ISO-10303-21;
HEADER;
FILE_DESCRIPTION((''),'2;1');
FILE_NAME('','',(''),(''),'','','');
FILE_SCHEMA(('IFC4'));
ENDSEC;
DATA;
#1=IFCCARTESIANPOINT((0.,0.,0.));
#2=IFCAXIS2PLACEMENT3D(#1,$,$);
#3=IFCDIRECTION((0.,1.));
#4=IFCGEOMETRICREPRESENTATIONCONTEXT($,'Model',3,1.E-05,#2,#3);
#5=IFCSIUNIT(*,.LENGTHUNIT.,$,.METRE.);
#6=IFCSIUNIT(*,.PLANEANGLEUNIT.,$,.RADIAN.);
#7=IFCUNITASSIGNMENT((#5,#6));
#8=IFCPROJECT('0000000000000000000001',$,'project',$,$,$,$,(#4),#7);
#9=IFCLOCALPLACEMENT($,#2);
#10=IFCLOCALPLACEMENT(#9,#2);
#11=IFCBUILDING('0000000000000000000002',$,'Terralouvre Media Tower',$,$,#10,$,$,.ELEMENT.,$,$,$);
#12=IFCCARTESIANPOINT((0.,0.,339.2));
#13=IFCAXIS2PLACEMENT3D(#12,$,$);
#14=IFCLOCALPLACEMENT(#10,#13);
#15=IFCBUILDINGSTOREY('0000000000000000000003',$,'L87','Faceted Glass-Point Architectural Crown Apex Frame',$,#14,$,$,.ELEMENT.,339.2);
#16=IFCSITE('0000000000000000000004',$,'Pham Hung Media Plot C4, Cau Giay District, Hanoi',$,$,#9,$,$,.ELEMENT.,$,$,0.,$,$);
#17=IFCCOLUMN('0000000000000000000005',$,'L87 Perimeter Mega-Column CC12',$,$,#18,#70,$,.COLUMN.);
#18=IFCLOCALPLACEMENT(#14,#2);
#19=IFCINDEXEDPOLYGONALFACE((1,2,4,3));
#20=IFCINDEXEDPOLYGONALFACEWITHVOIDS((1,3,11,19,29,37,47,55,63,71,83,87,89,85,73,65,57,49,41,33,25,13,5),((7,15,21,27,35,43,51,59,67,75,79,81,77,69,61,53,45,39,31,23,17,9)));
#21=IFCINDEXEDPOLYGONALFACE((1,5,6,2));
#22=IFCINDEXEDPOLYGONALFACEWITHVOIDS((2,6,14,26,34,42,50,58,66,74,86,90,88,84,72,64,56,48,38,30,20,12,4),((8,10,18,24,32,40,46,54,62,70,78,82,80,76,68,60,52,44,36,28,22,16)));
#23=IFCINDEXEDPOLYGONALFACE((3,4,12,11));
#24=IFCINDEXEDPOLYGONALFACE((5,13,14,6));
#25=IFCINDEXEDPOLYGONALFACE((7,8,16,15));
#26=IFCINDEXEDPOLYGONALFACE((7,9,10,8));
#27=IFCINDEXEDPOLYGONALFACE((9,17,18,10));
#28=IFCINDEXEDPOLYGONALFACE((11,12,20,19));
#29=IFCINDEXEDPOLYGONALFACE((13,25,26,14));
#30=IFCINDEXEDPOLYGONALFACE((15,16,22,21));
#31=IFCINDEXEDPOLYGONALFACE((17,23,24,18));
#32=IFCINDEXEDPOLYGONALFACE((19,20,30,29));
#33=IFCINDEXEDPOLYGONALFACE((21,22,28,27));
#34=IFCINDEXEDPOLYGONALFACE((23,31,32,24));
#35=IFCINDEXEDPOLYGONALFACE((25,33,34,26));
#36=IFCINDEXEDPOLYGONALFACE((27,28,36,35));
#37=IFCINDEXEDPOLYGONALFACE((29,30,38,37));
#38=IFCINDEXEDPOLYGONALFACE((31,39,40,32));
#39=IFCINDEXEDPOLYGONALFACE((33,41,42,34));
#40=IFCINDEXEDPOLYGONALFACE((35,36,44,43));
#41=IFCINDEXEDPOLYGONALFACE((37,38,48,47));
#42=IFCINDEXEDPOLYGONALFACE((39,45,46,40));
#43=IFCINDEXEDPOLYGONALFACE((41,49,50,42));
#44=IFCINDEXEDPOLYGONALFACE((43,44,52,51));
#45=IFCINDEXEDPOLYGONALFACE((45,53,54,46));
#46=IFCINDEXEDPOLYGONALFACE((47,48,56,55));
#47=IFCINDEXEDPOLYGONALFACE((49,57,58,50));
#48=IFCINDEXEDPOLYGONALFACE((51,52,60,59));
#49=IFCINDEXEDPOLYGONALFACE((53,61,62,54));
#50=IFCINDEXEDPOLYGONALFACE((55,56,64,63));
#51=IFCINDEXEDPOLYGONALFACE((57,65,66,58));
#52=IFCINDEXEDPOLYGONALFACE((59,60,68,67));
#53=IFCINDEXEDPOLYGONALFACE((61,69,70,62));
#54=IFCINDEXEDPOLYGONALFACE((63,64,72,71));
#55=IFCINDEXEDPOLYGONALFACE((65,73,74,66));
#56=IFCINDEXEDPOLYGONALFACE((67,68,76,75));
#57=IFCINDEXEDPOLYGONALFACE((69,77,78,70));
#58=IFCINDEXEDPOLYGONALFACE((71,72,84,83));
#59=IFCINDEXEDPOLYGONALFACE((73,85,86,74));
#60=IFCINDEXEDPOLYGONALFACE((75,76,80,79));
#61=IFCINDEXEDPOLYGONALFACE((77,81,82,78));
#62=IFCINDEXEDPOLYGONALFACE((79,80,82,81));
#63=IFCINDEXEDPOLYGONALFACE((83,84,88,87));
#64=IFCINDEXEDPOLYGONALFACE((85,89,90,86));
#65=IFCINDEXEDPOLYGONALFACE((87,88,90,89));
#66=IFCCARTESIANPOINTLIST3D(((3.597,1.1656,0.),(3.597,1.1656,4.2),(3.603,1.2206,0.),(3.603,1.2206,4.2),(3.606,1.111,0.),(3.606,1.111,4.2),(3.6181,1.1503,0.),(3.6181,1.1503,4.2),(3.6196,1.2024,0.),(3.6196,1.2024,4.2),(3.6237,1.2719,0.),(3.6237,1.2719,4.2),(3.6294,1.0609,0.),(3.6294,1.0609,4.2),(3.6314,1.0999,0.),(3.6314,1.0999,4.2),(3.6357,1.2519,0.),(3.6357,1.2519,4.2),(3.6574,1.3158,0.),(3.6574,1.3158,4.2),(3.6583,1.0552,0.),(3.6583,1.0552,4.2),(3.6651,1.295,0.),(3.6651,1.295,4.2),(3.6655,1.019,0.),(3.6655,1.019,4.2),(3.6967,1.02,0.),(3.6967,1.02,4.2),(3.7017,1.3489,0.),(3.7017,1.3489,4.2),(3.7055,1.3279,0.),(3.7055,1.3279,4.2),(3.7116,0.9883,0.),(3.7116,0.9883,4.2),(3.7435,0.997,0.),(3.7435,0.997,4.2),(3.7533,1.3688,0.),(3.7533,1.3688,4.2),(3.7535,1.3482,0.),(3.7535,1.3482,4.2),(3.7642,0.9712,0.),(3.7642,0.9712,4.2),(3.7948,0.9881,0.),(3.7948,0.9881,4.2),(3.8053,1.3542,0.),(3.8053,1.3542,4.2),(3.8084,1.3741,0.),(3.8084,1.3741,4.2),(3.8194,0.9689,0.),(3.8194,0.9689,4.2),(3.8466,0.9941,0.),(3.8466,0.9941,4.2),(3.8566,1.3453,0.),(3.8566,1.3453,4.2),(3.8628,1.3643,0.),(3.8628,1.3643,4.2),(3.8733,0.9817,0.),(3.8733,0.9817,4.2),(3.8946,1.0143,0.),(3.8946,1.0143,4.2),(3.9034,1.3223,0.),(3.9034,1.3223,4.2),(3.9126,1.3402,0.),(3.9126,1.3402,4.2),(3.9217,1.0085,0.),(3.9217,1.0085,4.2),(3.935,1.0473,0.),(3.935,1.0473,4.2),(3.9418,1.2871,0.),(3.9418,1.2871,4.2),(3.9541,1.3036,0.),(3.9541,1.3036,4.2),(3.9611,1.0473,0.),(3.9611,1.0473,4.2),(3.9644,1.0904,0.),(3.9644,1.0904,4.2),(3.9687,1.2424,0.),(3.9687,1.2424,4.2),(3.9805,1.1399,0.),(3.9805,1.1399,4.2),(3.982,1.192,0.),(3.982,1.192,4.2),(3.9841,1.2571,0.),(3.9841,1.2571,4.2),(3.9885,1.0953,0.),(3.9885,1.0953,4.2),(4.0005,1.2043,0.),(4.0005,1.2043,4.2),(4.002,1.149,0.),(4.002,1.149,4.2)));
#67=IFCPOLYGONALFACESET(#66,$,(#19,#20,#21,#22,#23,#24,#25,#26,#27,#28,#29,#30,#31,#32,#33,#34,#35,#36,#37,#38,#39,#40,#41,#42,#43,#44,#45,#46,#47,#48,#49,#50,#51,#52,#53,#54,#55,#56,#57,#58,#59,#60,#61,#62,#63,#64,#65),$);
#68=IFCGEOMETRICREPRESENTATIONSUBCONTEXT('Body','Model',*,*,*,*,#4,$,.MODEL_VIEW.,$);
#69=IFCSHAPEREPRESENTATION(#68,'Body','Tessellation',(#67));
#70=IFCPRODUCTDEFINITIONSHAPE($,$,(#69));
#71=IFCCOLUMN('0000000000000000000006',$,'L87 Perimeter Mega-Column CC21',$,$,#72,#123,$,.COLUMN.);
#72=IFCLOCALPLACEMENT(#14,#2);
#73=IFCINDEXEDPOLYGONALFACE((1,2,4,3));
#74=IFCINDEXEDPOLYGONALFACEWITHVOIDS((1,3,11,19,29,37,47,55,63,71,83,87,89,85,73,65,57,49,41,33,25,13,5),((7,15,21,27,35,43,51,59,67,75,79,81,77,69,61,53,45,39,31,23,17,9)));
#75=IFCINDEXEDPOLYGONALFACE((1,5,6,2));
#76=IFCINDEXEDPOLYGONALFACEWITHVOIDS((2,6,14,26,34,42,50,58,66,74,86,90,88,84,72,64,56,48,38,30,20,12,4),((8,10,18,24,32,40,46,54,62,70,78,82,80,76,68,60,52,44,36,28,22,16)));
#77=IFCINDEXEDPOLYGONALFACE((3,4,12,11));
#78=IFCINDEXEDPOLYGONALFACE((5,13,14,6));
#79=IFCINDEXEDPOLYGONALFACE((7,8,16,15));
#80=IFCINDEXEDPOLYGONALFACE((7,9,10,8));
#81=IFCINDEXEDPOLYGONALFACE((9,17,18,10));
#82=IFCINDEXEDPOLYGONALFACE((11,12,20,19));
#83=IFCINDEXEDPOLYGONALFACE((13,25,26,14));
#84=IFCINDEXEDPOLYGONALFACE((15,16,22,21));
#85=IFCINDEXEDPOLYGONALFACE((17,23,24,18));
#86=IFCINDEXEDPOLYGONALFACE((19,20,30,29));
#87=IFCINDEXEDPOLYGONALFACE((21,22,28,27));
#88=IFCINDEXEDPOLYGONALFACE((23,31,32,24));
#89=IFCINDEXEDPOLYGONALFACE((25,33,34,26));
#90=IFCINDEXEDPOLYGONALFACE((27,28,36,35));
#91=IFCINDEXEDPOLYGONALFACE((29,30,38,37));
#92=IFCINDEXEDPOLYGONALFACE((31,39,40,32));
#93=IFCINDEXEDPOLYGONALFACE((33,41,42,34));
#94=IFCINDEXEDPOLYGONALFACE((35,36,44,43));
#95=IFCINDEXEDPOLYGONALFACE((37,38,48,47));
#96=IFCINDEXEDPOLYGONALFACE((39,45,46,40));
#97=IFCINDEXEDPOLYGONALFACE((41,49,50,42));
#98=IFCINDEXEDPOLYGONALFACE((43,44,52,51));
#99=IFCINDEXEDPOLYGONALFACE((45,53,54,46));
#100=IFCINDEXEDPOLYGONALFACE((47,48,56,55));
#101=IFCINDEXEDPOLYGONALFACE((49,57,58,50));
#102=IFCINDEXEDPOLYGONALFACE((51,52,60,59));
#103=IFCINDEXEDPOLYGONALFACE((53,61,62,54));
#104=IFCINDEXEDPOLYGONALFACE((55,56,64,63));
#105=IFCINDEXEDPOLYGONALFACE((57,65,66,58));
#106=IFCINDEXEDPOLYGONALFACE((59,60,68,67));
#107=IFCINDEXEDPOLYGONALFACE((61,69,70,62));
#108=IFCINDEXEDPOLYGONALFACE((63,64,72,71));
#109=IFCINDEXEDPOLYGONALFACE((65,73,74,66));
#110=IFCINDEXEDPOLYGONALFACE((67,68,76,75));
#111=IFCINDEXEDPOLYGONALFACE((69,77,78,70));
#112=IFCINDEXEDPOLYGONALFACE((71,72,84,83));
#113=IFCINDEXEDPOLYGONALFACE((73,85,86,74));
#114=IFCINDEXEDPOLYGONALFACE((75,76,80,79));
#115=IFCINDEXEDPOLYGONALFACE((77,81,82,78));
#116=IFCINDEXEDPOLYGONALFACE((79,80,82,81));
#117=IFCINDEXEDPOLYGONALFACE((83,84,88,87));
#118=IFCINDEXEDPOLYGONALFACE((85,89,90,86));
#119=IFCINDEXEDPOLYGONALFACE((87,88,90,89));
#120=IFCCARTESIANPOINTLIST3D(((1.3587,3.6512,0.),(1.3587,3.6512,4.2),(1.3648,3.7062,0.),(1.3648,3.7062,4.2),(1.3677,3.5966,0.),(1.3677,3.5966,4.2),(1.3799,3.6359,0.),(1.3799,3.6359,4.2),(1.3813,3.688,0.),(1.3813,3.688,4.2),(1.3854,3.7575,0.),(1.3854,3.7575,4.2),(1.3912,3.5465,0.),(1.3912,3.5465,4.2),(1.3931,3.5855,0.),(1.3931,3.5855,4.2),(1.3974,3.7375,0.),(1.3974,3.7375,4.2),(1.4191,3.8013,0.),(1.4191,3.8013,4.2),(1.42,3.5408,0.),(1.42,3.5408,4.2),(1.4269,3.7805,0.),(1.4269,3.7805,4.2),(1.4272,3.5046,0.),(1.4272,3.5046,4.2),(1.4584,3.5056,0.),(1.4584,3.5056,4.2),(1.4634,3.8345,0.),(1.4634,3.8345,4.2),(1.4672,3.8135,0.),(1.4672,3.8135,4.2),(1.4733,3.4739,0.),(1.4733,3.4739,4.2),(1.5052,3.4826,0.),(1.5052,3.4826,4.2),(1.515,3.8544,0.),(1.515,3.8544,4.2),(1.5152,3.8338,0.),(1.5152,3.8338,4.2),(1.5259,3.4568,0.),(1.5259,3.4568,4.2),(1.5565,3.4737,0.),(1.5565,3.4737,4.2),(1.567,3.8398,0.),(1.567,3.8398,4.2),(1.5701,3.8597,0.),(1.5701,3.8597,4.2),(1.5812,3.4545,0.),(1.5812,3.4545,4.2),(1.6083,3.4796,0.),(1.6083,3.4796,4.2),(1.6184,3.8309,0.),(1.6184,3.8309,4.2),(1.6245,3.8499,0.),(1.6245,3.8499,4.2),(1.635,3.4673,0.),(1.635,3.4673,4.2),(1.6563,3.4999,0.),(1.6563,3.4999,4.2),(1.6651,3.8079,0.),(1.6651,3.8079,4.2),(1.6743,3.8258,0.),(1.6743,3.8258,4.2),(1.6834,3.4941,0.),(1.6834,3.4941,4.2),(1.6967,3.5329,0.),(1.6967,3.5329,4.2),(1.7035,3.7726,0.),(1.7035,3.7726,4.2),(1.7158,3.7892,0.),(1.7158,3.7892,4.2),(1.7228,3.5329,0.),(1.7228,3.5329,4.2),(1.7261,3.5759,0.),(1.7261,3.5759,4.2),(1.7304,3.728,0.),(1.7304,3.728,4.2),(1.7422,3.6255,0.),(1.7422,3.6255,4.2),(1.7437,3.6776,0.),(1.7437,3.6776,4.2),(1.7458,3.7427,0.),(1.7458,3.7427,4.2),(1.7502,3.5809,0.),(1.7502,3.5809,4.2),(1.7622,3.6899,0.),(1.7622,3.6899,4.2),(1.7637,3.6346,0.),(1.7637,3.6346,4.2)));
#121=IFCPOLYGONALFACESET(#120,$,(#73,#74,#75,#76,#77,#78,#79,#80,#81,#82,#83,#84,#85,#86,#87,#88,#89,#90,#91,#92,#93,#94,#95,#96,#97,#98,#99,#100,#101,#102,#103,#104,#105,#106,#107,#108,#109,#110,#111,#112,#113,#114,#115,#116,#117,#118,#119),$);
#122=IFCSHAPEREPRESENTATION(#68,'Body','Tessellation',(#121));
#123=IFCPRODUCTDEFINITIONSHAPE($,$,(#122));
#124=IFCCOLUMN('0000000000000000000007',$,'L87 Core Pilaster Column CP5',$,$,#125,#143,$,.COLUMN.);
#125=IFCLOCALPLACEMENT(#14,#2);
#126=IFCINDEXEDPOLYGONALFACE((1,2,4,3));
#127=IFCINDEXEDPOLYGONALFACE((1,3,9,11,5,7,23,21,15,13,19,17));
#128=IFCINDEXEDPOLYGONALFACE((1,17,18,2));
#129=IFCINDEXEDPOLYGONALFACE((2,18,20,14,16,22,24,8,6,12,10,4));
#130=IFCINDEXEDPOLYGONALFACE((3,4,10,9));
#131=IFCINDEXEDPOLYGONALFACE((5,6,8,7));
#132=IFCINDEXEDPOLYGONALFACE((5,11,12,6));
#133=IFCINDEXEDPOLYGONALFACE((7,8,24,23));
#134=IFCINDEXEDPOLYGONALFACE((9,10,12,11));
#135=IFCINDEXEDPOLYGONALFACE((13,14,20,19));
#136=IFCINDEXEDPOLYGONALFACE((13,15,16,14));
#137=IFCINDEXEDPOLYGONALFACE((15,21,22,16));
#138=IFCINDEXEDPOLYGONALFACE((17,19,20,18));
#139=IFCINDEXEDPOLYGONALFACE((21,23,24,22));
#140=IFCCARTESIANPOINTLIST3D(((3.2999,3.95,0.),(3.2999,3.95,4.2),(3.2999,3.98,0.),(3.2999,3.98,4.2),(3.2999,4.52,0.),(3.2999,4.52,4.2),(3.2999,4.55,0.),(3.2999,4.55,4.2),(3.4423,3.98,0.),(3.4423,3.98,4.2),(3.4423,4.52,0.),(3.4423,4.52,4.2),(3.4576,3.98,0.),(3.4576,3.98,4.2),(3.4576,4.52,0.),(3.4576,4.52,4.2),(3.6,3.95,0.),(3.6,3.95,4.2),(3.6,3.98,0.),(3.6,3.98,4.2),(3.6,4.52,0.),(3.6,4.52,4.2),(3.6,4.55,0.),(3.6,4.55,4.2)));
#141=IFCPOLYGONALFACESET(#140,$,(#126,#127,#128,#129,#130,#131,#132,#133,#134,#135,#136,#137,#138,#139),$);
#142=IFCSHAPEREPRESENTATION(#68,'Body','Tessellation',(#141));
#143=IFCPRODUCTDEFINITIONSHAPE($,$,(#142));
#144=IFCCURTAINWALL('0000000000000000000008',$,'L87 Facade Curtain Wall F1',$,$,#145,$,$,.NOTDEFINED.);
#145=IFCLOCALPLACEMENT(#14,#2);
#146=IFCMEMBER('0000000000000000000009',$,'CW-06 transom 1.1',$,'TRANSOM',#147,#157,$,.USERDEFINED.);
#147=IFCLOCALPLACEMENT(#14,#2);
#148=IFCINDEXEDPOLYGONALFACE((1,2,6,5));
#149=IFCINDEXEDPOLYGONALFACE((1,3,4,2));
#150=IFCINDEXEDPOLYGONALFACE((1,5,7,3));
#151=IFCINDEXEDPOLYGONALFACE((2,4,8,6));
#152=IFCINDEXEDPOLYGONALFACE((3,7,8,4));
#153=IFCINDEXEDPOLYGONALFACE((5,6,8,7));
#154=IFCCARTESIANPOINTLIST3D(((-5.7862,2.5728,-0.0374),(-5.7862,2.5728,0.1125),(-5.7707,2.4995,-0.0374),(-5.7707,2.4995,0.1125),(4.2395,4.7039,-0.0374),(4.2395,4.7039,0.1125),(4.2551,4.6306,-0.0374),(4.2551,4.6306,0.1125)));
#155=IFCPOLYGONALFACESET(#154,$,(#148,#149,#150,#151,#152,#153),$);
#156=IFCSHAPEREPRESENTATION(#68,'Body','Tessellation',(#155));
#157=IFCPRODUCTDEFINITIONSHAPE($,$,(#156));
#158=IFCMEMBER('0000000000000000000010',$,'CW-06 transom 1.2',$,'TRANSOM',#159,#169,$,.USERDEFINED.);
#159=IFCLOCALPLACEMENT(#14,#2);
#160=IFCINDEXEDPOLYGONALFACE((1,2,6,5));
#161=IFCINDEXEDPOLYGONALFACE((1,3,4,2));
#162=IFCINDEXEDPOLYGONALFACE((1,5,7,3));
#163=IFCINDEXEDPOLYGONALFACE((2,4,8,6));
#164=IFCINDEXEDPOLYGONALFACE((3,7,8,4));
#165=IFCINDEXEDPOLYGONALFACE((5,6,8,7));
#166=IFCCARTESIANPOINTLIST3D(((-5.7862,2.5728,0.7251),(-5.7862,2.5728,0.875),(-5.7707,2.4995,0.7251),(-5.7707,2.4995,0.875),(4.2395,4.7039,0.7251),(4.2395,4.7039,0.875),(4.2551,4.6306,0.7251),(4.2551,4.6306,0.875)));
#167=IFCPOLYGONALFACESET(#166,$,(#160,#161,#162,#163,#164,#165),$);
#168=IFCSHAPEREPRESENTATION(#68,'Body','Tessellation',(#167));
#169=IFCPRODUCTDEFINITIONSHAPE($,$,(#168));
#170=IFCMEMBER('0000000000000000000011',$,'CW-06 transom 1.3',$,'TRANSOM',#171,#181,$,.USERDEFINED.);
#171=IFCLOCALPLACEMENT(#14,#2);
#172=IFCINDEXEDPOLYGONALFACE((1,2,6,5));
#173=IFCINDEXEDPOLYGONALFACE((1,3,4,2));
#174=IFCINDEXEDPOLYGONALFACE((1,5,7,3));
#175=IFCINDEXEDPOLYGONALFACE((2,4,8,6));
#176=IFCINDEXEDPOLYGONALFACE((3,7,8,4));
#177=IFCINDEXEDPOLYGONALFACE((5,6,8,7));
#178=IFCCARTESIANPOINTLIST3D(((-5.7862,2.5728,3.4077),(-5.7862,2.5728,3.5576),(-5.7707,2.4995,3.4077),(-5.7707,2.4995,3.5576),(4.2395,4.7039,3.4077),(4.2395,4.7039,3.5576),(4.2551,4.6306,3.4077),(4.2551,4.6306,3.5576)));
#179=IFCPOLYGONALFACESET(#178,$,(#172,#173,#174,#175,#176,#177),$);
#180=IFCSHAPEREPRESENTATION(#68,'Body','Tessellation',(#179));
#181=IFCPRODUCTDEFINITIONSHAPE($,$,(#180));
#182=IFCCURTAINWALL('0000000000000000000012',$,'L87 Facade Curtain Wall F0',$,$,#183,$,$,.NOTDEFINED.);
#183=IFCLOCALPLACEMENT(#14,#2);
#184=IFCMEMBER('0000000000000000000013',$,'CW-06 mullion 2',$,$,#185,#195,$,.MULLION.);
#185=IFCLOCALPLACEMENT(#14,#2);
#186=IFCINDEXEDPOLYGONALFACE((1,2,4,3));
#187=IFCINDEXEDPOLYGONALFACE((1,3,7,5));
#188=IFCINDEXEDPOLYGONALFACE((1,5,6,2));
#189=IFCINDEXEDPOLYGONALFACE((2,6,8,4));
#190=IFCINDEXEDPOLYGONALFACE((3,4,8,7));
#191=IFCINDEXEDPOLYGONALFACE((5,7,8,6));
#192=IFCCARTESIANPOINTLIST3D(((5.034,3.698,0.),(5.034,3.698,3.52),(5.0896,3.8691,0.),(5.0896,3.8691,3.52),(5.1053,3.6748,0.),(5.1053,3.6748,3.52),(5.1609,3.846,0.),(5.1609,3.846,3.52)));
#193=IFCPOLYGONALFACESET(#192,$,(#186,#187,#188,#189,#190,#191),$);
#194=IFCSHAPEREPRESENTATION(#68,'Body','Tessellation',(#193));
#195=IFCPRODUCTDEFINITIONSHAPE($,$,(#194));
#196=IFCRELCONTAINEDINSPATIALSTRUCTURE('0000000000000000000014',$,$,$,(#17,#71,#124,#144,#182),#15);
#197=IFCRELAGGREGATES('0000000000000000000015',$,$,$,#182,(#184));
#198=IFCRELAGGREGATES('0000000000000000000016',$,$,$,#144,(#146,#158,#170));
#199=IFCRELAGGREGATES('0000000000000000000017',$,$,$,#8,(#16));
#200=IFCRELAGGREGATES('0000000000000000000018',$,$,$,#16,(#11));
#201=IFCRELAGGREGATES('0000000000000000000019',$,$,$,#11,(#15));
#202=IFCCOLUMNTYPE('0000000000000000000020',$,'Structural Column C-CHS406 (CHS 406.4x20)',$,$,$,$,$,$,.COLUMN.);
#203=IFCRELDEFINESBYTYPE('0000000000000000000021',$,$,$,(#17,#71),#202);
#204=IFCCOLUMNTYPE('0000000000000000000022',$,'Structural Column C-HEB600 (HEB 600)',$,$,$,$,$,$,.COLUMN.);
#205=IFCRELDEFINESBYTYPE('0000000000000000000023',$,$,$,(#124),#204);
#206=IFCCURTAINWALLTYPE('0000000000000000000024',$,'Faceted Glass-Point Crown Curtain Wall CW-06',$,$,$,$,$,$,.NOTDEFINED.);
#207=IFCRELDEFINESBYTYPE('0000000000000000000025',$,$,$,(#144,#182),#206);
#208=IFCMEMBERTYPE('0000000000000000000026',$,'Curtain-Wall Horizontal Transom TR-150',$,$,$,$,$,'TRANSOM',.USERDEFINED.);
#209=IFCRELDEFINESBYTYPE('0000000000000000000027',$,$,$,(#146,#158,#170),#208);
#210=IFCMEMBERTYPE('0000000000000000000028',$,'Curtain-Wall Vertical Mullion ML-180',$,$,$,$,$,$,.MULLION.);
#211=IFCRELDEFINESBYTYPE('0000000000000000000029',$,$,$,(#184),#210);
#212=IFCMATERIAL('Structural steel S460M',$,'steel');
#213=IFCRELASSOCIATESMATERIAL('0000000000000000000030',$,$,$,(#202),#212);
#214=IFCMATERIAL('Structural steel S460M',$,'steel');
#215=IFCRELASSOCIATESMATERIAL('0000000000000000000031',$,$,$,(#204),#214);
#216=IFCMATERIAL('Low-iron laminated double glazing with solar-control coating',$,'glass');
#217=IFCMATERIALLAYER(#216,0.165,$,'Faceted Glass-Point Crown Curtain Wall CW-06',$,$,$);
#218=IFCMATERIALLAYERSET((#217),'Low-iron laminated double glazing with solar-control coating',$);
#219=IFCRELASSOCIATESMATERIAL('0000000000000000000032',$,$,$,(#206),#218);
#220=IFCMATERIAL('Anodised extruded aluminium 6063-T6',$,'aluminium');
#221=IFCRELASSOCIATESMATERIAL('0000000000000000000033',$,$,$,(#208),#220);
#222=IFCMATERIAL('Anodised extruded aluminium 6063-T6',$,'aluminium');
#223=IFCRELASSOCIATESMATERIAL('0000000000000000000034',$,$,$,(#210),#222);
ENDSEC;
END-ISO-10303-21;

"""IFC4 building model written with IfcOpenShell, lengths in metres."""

from ifc_helpers import new_model, si_unit, direction, frame, origin, origin_2d, place, context, subcontext, project, spatial, rectangle, hollow_circle, i_section, extrude, material, layer, layer_set, material_profile, profile_set, type_object, element, aggregate, save


model = new_model("IFC4")

# Units and contexts
model_context = context("Model", 3, precision=1e-05, world=origin(), true_north=direction((0.0, 1.0)))
body_context = subcontext(model_context, "Body", "Model", "MODEL_VIEW")
ifc_project = project(units=[si_unit("LENGTHUNIT", "METRE"), si_unit("PLANEANGLEUNIT", "RADIAN")], contexts=[model_context])

# Site, building, storey
site_placement = place(None, origin())
site = spatial("IfcSite", under=ifc_project, at=site_placement, Name="Pham Hung Media Plot C4, Cau Giay District, Hanoi", CompositionType="ELEMENT", RefElevation=0.0)
building_placement = place(site_placement, origin())
building = spatial("IfcBuilding", under=site, at=building_placement, Name="Terralouvre Media Tower", CompositionType="ELEMENT")
storey_placement = place(building_placement, frame((0.0, 0.0, 339.2)))
storey = spatial("IfcBuildingStorey", under=building, at=storey_placement, Name="L87", Description="Faceted Glass-Point Architectural Crown Apex Frame", CompositionType="ELEMENT", Elevation=339.2)

# Columns
ifc_material_1 = material(Name="Structural steel S460M", Category="steel")
ifc_material_profile_1 = material_profile(ifc_material_1, hollow_circle(Radius=0.2031, WallThickness=0.02, at=origin_2d()), Name="CHS 406.4x20")
ifc_profile_set_1 = profile_set([ifc_material_profile_1], Name="Structural steel S460M")
column_type_1 = type_object("IfcColumnType", Name="Structural Column C-CHS406 (CHS 406.4x20)", PredefinedType="COLUMN", material=ifc_profile_set_1)
for number, where, z_axis, x_axis, name in (
    (1, (3.8, 1.1711, 0.0), (0.0, 0.0, 1.0), (0.309017, 0.951057, 0.0), "L87 Perimeter Mega-Column CC12"),
    (2, (1.5618, 3.6567, 0.0), (0.0, 0.0, 1.0), (0.309017, 0.951057, 0.0), "L87 Perimeter Mega-Column CC21"),
):
    element("IfcColumn", number, at=place(storey_placement, frame(where, z_axis=z_axis, x_axis=x_axis)), inside=storey, type_object=column_type_1, Name=name, PredefinedType="COLUMN", context=body_context, shape_type="SweptSolid", body=[
        extrude(hollow_circle(Radius=0.2031, WallThickness=0.02, at=origin_2d()), origin(), (0.0, 0.0, 1.0), 4.2),
    ])
ifc_material_2 = material(Name="Structural steel S460M", Category="steel")
ifc_material_profile_2 = material_profile(ifc_material_2, i_section(OverallWidth=0.3, OverallDepth=0.6001, WebThickness=0.0154, FlangeThickness=0.03, at=origin_2d()), Name="HEB 600")
ifc_profile_set_2 = profile_set([ifc_material_profile_2], Name="Structural steel S460M")
column_type_2 = type_object("IfcColumnType", Name="Structural Column C-HEB600 (HEB 600)", PredefinedType="COLUMN", material=ifc_profile_set_2)
column_placement = place(storey_placement, frame((3.45, 4.25, 0.0), z_axis=(0.0, 0.0, 1.0), x_axis=(1.0, 0.0, 0.0)))
element("IfcColumn", 3, at=column_placement, inside=storey, type_object=column_type_2, Name="L87 Core Pilaster Column CP5", PredefinedType="COLUMN", context=body_context, shape_type="SweptSolid", body=[
    extrude(i_section(OverallWidth=0.3, OverallDepth=0.6001, WebThickness=0.0154, FlangeThickness=0.03, at=origin_2d()), origin(), (0.0, 0.0, 1.0), 4.2),
])

# Curtain wall, members
ifc_material_3 = material(Name="Low-iron laminated double glazing with solar-control coating", Category="glass")
ifc_layer_1 = layer(ifc_material_3, 0.165, Name="Faceted Glass-Point Crown Curtain Wall CW-06")
ifc_layer_set_1 = layer_set([ifc_layer_1], Name="Low-iron laminated double glazing with solar-control coating")
curtain_wall_type = type_object("IfcCurtainWallType", Name="Faceted Glass-Point Crown Curtain Wall CW-06", PredefinedType="NOTDEFINED", material=ifc_layer_set_1)
curtain_wall_1_placement = place(storey_placement, origin())
curtain_wall_1 = element("IfcCurtainWall", 4, at=curtain_wall_1_placement, inside=storey, type_object=curtain_wall_type, Name="L87 Facade Curtain Wall F1", PredefinedType="NOTDEFINED")
ifc_material_4 = material(Name="Anodised extruded aluminium 6063-T6", Category="aluminium")
ifc_material_profile_3 = material_profile(ifc_material_4, rectangle(XDim=0.075, YDim=0.1499, at=origin_2d()), Name="ALU 75x150")
ifc_profile_set_3 = profile_set([ifc_material_profile_3], Name="Anodised extruded aluminium 6063-T6")
member_type_1 = type_object("IfcMemberType", Name="Curtain-Wall Horizontal Transom TR-150", ElementType="TRANSOM", PredefinedType="USERDEFINED", material=ifc_profile_set_3)
member_1_placement = place(storey_placement, frame((4.2473, 4.6672, 0.0376), z_axis=(-0.978147, -0.207915, 0.0), x_axis=(0.207915, -0.978147, 0.0)))
member_1 = element("IfcMember", 5, at=member_1_placement, type_object=member_type_1, Name="CW-06 transom 1.1", ObjectType="TRANSOM", PredefinedType="USERDEFINED", context=body_context, shape_type="SweptSolid", body=[
    extrude(rectangle(XDim=0.075, YDim=0.1499, at=origin_2d()), origin(), (0.0, 0.0, 1.0), 10.2498),
])
member_2_placement = place(storey_placement, frame((4.2473, 4.6672, 0.8), z_axis=(-0.978147, -0.207915, 0.0), x_axis=(0.207915, -0.978147, 0.0)))
member_2 = element("IfcMember", 6, at=member_2_placement, type_object=member_type_1, Name="CW-06 transom 1.2", ObjectType="TRANSOM", PredefinedType="USERDEFINED", context=body_context, shape_type="SweptSolid", body=[
    extrude(rectangle(XDim=0.075, YDim=0.1499, at=origin_2d()), origin(), (0.0, 0.0, 1.0), 10.2498),
])
member_3_placement = place(storey_placement, frame((4.2473, 4.6672, 3.4827), z_axis=(-0.978147, -0.207915, 0.0), x_axis=(0.207915, -0.978147, 0.0)))
member_3 = element("IfcMember", 7, at=member_3_placement, type_object=member_type_1, Name="CW-06 transom 1.3", ObjectType="TRANSOM", PredefinedType="USERDEFINED", context=body_context, shape_type="SweptSolid", body=[
    extrude(rectangle(XDim=0.075, YDim=0.1499, at=origin_2d()), origin(), (0.0, 0.0, 1.0), 10.2498),
])

# Curtain wall, member
curtain_wall_2_placement = place(storey_placement, origin())
curtain_wall_2 = element("IfcCurtainWall", 8, at=curtain_wall_2_placement, inside=storey, type_object=curtain_wall_type, Name="L87 Facade Curtain Wall F0", PredefinedType="NOTDEFINED")
ifc_material_5 = material(Name="Anodised extruded aluminium 6063-T6", Category="aluminium")
ifc_material_profile_4 = material_profile(ifc_material_5, rectangle(XDim=0.075, YDim=0.1799, at=origin_2d()), Name="ALU 75x180")
ifc_profile_set_4 = profile_set([ifc_material_profile_4], Name="Anodised extruded aluminium 6063-T6")
member_type_2 = type_object("IfcMemberType", Name="Curtain-Wall Vertical Mullion ML-180", PredefinedType="MULLION", material=ifc_profile_set_4)
member_4_placement = place(storey_placement, frame((5.0974, 3.772, 0.0), z_axis=(0.0, 0.0, 1.0), x_axis=(-0.951056, 0.309017, 0.0)))
member_4 = element("IfcMember", 9, at=member_4_placement, type_object=member_type_2, Name="CW-06 mullion 2", PredefinedType="MULLION", context=body_context, shape_type="SweptSolid", body=[
    extrude(rectangle(XDim=0.075, YDim=0.1799, at=origin_2d()), origin(), (0.0, 0.0, 1.0), 3.52),
])
aggregate(curtain_wall_2, [member_4])

aggregate(curtain_wall_1, [member_1, member_2, member_3])

save(model, "model.ifc")
